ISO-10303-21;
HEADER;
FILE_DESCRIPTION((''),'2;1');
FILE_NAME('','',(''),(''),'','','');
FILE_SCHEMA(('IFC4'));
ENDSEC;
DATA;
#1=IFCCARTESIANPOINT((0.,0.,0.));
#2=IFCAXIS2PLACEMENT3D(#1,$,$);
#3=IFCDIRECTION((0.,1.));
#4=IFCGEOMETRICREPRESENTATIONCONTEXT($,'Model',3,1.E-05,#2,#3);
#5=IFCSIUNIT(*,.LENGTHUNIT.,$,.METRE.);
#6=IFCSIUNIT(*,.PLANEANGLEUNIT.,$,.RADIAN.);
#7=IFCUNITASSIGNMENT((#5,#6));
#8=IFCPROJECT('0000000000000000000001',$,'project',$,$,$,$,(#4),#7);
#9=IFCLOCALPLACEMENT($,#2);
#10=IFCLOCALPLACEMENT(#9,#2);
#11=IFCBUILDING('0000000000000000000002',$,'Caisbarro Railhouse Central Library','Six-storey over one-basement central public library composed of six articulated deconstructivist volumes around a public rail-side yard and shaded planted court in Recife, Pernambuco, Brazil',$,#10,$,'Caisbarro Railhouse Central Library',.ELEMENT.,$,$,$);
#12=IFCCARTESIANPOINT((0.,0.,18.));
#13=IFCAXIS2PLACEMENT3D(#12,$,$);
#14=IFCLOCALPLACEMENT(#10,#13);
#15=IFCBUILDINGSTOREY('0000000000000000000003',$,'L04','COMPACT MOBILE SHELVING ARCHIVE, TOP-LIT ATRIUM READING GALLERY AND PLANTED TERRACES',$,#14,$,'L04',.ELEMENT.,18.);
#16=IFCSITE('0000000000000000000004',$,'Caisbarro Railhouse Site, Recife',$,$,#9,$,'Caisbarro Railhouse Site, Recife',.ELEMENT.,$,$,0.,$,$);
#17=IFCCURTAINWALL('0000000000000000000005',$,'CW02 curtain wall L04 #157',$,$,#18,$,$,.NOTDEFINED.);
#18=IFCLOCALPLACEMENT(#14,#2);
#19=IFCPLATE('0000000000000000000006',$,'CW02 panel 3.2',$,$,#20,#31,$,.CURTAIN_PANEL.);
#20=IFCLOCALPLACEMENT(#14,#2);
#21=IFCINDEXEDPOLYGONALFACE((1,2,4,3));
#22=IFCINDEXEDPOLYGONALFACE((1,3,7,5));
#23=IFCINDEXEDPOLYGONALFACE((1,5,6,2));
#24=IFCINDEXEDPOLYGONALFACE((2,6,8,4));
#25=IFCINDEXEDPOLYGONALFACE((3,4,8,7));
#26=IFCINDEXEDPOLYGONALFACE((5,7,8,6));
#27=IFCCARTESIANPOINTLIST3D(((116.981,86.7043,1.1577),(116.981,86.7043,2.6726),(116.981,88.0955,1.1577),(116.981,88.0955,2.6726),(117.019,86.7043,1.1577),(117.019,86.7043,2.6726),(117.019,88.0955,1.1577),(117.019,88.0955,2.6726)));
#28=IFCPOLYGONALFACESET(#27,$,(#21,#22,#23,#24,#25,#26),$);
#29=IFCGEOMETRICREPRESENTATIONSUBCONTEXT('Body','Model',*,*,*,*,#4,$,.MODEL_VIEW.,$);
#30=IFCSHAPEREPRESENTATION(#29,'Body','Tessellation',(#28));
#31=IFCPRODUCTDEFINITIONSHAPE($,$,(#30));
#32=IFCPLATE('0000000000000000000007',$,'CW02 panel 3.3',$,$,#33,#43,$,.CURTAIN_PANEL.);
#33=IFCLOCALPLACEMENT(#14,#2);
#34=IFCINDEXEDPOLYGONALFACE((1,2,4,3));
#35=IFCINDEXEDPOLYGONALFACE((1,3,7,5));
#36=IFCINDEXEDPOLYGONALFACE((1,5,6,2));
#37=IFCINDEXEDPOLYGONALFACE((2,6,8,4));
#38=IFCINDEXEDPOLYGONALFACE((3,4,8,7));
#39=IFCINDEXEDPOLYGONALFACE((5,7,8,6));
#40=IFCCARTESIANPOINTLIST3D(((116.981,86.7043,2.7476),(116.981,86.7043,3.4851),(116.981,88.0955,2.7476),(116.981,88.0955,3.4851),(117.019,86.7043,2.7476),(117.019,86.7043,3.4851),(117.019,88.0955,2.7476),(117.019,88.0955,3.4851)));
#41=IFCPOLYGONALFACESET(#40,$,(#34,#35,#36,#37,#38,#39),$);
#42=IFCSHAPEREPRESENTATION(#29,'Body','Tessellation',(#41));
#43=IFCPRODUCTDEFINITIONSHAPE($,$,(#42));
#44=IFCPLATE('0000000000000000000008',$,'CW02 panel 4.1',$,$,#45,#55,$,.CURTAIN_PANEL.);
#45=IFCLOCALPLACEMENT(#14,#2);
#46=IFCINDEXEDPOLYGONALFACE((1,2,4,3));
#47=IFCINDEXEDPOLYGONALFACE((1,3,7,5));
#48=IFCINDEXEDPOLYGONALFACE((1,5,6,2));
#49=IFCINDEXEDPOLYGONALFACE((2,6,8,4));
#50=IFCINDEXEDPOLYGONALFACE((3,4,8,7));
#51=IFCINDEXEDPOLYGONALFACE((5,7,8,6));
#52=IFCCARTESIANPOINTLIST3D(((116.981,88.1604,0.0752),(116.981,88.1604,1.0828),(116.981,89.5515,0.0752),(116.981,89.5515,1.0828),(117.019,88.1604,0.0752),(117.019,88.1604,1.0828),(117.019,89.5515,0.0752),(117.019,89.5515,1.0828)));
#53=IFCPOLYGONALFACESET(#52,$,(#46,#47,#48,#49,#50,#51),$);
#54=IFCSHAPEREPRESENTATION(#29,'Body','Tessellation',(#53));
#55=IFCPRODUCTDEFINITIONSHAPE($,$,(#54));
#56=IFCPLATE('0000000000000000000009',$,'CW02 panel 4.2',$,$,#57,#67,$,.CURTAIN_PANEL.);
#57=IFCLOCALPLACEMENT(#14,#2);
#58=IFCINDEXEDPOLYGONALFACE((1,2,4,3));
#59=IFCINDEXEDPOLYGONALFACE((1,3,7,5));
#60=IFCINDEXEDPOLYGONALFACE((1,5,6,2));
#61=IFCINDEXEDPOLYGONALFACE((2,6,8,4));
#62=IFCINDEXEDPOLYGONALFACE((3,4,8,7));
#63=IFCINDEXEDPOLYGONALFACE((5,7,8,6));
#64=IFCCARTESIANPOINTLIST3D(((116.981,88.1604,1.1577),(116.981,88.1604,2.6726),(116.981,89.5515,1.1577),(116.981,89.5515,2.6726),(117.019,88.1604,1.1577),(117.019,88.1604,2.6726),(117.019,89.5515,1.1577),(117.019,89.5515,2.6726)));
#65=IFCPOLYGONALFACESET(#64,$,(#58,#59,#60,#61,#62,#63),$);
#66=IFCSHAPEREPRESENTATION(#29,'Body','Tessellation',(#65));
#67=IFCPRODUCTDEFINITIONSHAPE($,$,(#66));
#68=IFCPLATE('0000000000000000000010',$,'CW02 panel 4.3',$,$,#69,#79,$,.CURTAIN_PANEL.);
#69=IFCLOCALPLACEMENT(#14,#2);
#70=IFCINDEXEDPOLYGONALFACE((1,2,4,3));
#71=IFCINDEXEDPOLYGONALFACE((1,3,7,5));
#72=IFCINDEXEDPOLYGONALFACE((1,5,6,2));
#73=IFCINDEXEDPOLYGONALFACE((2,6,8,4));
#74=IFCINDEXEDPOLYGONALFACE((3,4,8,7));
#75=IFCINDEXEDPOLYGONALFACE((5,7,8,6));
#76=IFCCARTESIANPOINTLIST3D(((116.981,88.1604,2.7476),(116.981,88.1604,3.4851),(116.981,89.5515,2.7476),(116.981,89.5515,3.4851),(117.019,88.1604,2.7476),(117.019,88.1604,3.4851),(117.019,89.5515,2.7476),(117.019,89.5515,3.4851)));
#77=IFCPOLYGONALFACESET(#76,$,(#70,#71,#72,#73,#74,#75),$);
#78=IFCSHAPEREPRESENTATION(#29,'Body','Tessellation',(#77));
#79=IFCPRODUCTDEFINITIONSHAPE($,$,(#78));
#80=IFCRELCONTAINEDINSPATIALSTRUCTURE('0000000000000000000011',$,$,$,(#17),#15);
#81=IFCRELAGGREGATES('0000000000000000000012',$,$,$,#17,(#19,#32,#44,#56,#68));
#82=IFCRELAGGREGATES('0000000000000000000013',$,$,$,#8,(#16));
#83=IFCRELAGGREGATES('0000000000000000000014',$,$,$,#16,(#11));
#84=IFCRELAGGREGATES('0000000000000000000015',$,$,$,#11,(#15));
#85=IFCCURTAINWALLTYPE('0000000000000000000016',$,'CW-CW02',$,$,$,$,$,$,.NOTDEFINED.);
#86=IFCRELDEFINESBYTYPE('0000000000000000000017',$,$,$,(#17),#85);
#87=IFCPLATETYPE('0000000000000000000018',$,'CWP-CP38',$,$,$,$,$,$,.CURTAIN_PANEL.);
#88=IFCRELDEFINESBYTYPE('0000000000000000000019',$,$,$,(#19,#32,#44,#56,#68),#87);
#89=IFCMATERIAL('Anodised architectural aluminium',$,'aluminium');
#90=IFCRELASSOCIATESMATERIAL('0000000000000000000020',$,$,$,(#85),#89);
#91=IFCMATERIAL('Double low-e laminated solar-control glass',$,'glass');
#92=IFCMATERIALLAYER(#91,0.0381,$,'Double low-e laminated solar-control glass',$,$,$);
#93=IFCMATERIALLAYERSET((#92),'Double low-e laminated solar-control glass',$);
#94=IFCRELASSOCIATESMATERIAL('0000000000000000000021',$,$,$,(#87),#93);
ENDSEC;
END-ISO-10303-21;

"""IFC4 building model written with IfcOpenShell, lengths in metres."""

from ifc_helpers import new_model, si_unit, direction, frame, origin, origin_2d, place, context, subcontext, project, spatial, rectangle, extrude, material, layer, layer_set, type_object, element, aggregate, save


model = new_model("IFC4")

# Units and contexts
model_context = context("Model", 3, precision=1e-05, world=origin(), true_north=direction((0.0, 1.0)))
body_context = subcontext(model_context, "Body", "Model", "MODEL_VIEW")
ifc_project = project(units=[si_unit("LENGTHUNIT", "METRE"), si_unit("PLANEANGLEUNIT", "RADIAN")], contexts=[model_context])

# Site, building, storey
site_placement = place(None, origin())
site = spatial("IfcSite", under=ifc_project, at=site_placement, Name="Caisbarro Railhouse Site, Recife", LongName="Caisbarro Railhouse Site, Recife", CompositionType="ELEMENT", RefElevation=0.0)
building_placement = place(site_placement, origin())
building = spatial("IfcBuilding", under=site, at=building_placement, Name="Caisbarro Railhouse Central Library", Description="Six-storey over one-basement central public library composed of six articulated deconstructivist volumes around a public rail-side yard and shaded planted court in Recife, Pernambuco, Brazil", LongName="Caisbarro Railhouse Central Library", CompositionType="ELEMENT")
storey_placement = place(building_placement, frame((0.0, 0.0, 18.0)))
storey = spatial("IfcBuildingStorey", under=building, at=storey_placement, Name="L04", Description="COMPACT MOBILE SHELVING ARCHIVE, TOP-LIT ATRIUM READING GALLERY AND PLANTED TERRACES", LongName="L04", CompositionType="ELEMENT", Elevation=18.0)

# Curtain wall, plates
ifc_material_1 = material(Name="Anodised architectural aluminium", Category="aluminium")
curtain_wall_type = type_object("IfcCurtainWallType", Name="CW-CW02", PredefinedType="NOTDEFINED", material=ifc_material_1)
curtain_wall_placement = place(storey_placement, origin())
curtain_wall = element("IfcCurtainWall", 1, at=curtain_wall_placement, inside=storey, type_object=curtain_wall_type, Name="CW02 curtain wall L04 #157", PredefinedType="NOTDEFINED")
ifc_material_2 = material(Name="Double low-e laminated solar-control glass", Category="glass")
ifc_layer = layer(ifc_material_2, 0.0381, Name="Double low-e laminated solar-control glass")
ifc_layer_set = layer_set([ifc_layer], Name="Double low-e laminated solar-control glass")
plate_type = type_object("IfcPlateType", Name="CWP-CP38", PredefinedType="CURTAIN_PANEL", material=ifc_layer_set)
plate_1_placement = place(storey_placement, frame((117.0, 87.3999, 1.1577), z_axis=(0.0, 0.0, 1.0), x_axis=(0.0, 1.0, 0.0)))
plate_1 = element("IfcPlate", 2, at=plate_1_placement, type_object=plate_type, Name="CW02 panel 3.2", PredefinedType="CURTAIN_PANEL", context=body_context, shape_type="SweptSolid", body=[
    extrude(rectangle(XDim=1.3911, YDim=0.0381, at=origin_2d()), origin(), (0.0, 0.0, 1.0), 1.5149),
])
plate_2_placement = place(storey_placement, frame((117.0, 87.3999, 2.7476), z_axis=(0.0, 0.0, 1.0), x_axis=(0.0, 1.0, 0.0)))
plate_2 = element("IfcPlate", 3, at=plate_2_placement, type_object=plate_type, Name="CW02 panel 3.3", PredefinedType="CURTAIN_PANEL", context=body_context, shape_type="SweptSolid", body=[
    extrude(rectangle(XDim=1.3911, YDim=0.0381, at=origin_2d()), origin(), (0.0, 0.0, 1.0), 0.7375),
])
plate_3_placement = place(storey_placement, frame((117.0, 88.856, 0.0752), z_axis=(0.0, 0.0, 1.0), x_axis=(0.0, 1.0, 0.0)))
plate_3 = element("IfcPlate", 4, at=plate_3_placement, type_object=plate_type, Name="CW02 panel 4.1", PredefinedType="CURTAIN_PANEL", context=body_context, shape_type="SweptSolid", body=[
    extrude(rectangle(XDim=1.3911, YDim=0.0381, at=origin_2d()), origin(), (0.0, 0.0, 1.0), 1.0076),
])
plate_4_placement = place(storey_placement, frame((117.0, 88.856, 1.1577), z_axis=(0.0, 0.0, 1.0), x_axis=(0.0, 1.0, 0.0)))
plate_4 = element("IfcPlate", 5, at=plate_4_placement, type_object=plate_type, Name="CW02 panel 4.2", PredefinedType="CURTAIN_PANEL", context=body_context, shape_type="SweptSolid", body=[
    extrude(rectangle(XDim=1.3911, YDim=0.0381, at=origin_2d()), origin(), (0.0, 0.0, 1.0), 1.5149),
])
plate_5_placement = place(storey_placement, frame((117.0, 88.856, 2.7476), z_axis=(0.0, 0.0, 1.0), x_axis=(0.0, 1.0, 0.0)))
plate_5 = element("IfcPlate", 6, at=plate_5_placement, type_object=plate_type, Name="CW02 panel 4.3", PredefinedType="CURTAIN_PANEL", context=body_context, shape_type="SweptSolid", body=[
    extrude(rectangle(XDim=1.3911, YDim=0.0381, at=origin_2d()), origin(), (0.0, 0.0, 1.0), 0.7375),
])
aggregate(curtain_wall, [plate_1, plate_2, plate_3, plate_4, plate_5])

save(model, "model.ifc")
